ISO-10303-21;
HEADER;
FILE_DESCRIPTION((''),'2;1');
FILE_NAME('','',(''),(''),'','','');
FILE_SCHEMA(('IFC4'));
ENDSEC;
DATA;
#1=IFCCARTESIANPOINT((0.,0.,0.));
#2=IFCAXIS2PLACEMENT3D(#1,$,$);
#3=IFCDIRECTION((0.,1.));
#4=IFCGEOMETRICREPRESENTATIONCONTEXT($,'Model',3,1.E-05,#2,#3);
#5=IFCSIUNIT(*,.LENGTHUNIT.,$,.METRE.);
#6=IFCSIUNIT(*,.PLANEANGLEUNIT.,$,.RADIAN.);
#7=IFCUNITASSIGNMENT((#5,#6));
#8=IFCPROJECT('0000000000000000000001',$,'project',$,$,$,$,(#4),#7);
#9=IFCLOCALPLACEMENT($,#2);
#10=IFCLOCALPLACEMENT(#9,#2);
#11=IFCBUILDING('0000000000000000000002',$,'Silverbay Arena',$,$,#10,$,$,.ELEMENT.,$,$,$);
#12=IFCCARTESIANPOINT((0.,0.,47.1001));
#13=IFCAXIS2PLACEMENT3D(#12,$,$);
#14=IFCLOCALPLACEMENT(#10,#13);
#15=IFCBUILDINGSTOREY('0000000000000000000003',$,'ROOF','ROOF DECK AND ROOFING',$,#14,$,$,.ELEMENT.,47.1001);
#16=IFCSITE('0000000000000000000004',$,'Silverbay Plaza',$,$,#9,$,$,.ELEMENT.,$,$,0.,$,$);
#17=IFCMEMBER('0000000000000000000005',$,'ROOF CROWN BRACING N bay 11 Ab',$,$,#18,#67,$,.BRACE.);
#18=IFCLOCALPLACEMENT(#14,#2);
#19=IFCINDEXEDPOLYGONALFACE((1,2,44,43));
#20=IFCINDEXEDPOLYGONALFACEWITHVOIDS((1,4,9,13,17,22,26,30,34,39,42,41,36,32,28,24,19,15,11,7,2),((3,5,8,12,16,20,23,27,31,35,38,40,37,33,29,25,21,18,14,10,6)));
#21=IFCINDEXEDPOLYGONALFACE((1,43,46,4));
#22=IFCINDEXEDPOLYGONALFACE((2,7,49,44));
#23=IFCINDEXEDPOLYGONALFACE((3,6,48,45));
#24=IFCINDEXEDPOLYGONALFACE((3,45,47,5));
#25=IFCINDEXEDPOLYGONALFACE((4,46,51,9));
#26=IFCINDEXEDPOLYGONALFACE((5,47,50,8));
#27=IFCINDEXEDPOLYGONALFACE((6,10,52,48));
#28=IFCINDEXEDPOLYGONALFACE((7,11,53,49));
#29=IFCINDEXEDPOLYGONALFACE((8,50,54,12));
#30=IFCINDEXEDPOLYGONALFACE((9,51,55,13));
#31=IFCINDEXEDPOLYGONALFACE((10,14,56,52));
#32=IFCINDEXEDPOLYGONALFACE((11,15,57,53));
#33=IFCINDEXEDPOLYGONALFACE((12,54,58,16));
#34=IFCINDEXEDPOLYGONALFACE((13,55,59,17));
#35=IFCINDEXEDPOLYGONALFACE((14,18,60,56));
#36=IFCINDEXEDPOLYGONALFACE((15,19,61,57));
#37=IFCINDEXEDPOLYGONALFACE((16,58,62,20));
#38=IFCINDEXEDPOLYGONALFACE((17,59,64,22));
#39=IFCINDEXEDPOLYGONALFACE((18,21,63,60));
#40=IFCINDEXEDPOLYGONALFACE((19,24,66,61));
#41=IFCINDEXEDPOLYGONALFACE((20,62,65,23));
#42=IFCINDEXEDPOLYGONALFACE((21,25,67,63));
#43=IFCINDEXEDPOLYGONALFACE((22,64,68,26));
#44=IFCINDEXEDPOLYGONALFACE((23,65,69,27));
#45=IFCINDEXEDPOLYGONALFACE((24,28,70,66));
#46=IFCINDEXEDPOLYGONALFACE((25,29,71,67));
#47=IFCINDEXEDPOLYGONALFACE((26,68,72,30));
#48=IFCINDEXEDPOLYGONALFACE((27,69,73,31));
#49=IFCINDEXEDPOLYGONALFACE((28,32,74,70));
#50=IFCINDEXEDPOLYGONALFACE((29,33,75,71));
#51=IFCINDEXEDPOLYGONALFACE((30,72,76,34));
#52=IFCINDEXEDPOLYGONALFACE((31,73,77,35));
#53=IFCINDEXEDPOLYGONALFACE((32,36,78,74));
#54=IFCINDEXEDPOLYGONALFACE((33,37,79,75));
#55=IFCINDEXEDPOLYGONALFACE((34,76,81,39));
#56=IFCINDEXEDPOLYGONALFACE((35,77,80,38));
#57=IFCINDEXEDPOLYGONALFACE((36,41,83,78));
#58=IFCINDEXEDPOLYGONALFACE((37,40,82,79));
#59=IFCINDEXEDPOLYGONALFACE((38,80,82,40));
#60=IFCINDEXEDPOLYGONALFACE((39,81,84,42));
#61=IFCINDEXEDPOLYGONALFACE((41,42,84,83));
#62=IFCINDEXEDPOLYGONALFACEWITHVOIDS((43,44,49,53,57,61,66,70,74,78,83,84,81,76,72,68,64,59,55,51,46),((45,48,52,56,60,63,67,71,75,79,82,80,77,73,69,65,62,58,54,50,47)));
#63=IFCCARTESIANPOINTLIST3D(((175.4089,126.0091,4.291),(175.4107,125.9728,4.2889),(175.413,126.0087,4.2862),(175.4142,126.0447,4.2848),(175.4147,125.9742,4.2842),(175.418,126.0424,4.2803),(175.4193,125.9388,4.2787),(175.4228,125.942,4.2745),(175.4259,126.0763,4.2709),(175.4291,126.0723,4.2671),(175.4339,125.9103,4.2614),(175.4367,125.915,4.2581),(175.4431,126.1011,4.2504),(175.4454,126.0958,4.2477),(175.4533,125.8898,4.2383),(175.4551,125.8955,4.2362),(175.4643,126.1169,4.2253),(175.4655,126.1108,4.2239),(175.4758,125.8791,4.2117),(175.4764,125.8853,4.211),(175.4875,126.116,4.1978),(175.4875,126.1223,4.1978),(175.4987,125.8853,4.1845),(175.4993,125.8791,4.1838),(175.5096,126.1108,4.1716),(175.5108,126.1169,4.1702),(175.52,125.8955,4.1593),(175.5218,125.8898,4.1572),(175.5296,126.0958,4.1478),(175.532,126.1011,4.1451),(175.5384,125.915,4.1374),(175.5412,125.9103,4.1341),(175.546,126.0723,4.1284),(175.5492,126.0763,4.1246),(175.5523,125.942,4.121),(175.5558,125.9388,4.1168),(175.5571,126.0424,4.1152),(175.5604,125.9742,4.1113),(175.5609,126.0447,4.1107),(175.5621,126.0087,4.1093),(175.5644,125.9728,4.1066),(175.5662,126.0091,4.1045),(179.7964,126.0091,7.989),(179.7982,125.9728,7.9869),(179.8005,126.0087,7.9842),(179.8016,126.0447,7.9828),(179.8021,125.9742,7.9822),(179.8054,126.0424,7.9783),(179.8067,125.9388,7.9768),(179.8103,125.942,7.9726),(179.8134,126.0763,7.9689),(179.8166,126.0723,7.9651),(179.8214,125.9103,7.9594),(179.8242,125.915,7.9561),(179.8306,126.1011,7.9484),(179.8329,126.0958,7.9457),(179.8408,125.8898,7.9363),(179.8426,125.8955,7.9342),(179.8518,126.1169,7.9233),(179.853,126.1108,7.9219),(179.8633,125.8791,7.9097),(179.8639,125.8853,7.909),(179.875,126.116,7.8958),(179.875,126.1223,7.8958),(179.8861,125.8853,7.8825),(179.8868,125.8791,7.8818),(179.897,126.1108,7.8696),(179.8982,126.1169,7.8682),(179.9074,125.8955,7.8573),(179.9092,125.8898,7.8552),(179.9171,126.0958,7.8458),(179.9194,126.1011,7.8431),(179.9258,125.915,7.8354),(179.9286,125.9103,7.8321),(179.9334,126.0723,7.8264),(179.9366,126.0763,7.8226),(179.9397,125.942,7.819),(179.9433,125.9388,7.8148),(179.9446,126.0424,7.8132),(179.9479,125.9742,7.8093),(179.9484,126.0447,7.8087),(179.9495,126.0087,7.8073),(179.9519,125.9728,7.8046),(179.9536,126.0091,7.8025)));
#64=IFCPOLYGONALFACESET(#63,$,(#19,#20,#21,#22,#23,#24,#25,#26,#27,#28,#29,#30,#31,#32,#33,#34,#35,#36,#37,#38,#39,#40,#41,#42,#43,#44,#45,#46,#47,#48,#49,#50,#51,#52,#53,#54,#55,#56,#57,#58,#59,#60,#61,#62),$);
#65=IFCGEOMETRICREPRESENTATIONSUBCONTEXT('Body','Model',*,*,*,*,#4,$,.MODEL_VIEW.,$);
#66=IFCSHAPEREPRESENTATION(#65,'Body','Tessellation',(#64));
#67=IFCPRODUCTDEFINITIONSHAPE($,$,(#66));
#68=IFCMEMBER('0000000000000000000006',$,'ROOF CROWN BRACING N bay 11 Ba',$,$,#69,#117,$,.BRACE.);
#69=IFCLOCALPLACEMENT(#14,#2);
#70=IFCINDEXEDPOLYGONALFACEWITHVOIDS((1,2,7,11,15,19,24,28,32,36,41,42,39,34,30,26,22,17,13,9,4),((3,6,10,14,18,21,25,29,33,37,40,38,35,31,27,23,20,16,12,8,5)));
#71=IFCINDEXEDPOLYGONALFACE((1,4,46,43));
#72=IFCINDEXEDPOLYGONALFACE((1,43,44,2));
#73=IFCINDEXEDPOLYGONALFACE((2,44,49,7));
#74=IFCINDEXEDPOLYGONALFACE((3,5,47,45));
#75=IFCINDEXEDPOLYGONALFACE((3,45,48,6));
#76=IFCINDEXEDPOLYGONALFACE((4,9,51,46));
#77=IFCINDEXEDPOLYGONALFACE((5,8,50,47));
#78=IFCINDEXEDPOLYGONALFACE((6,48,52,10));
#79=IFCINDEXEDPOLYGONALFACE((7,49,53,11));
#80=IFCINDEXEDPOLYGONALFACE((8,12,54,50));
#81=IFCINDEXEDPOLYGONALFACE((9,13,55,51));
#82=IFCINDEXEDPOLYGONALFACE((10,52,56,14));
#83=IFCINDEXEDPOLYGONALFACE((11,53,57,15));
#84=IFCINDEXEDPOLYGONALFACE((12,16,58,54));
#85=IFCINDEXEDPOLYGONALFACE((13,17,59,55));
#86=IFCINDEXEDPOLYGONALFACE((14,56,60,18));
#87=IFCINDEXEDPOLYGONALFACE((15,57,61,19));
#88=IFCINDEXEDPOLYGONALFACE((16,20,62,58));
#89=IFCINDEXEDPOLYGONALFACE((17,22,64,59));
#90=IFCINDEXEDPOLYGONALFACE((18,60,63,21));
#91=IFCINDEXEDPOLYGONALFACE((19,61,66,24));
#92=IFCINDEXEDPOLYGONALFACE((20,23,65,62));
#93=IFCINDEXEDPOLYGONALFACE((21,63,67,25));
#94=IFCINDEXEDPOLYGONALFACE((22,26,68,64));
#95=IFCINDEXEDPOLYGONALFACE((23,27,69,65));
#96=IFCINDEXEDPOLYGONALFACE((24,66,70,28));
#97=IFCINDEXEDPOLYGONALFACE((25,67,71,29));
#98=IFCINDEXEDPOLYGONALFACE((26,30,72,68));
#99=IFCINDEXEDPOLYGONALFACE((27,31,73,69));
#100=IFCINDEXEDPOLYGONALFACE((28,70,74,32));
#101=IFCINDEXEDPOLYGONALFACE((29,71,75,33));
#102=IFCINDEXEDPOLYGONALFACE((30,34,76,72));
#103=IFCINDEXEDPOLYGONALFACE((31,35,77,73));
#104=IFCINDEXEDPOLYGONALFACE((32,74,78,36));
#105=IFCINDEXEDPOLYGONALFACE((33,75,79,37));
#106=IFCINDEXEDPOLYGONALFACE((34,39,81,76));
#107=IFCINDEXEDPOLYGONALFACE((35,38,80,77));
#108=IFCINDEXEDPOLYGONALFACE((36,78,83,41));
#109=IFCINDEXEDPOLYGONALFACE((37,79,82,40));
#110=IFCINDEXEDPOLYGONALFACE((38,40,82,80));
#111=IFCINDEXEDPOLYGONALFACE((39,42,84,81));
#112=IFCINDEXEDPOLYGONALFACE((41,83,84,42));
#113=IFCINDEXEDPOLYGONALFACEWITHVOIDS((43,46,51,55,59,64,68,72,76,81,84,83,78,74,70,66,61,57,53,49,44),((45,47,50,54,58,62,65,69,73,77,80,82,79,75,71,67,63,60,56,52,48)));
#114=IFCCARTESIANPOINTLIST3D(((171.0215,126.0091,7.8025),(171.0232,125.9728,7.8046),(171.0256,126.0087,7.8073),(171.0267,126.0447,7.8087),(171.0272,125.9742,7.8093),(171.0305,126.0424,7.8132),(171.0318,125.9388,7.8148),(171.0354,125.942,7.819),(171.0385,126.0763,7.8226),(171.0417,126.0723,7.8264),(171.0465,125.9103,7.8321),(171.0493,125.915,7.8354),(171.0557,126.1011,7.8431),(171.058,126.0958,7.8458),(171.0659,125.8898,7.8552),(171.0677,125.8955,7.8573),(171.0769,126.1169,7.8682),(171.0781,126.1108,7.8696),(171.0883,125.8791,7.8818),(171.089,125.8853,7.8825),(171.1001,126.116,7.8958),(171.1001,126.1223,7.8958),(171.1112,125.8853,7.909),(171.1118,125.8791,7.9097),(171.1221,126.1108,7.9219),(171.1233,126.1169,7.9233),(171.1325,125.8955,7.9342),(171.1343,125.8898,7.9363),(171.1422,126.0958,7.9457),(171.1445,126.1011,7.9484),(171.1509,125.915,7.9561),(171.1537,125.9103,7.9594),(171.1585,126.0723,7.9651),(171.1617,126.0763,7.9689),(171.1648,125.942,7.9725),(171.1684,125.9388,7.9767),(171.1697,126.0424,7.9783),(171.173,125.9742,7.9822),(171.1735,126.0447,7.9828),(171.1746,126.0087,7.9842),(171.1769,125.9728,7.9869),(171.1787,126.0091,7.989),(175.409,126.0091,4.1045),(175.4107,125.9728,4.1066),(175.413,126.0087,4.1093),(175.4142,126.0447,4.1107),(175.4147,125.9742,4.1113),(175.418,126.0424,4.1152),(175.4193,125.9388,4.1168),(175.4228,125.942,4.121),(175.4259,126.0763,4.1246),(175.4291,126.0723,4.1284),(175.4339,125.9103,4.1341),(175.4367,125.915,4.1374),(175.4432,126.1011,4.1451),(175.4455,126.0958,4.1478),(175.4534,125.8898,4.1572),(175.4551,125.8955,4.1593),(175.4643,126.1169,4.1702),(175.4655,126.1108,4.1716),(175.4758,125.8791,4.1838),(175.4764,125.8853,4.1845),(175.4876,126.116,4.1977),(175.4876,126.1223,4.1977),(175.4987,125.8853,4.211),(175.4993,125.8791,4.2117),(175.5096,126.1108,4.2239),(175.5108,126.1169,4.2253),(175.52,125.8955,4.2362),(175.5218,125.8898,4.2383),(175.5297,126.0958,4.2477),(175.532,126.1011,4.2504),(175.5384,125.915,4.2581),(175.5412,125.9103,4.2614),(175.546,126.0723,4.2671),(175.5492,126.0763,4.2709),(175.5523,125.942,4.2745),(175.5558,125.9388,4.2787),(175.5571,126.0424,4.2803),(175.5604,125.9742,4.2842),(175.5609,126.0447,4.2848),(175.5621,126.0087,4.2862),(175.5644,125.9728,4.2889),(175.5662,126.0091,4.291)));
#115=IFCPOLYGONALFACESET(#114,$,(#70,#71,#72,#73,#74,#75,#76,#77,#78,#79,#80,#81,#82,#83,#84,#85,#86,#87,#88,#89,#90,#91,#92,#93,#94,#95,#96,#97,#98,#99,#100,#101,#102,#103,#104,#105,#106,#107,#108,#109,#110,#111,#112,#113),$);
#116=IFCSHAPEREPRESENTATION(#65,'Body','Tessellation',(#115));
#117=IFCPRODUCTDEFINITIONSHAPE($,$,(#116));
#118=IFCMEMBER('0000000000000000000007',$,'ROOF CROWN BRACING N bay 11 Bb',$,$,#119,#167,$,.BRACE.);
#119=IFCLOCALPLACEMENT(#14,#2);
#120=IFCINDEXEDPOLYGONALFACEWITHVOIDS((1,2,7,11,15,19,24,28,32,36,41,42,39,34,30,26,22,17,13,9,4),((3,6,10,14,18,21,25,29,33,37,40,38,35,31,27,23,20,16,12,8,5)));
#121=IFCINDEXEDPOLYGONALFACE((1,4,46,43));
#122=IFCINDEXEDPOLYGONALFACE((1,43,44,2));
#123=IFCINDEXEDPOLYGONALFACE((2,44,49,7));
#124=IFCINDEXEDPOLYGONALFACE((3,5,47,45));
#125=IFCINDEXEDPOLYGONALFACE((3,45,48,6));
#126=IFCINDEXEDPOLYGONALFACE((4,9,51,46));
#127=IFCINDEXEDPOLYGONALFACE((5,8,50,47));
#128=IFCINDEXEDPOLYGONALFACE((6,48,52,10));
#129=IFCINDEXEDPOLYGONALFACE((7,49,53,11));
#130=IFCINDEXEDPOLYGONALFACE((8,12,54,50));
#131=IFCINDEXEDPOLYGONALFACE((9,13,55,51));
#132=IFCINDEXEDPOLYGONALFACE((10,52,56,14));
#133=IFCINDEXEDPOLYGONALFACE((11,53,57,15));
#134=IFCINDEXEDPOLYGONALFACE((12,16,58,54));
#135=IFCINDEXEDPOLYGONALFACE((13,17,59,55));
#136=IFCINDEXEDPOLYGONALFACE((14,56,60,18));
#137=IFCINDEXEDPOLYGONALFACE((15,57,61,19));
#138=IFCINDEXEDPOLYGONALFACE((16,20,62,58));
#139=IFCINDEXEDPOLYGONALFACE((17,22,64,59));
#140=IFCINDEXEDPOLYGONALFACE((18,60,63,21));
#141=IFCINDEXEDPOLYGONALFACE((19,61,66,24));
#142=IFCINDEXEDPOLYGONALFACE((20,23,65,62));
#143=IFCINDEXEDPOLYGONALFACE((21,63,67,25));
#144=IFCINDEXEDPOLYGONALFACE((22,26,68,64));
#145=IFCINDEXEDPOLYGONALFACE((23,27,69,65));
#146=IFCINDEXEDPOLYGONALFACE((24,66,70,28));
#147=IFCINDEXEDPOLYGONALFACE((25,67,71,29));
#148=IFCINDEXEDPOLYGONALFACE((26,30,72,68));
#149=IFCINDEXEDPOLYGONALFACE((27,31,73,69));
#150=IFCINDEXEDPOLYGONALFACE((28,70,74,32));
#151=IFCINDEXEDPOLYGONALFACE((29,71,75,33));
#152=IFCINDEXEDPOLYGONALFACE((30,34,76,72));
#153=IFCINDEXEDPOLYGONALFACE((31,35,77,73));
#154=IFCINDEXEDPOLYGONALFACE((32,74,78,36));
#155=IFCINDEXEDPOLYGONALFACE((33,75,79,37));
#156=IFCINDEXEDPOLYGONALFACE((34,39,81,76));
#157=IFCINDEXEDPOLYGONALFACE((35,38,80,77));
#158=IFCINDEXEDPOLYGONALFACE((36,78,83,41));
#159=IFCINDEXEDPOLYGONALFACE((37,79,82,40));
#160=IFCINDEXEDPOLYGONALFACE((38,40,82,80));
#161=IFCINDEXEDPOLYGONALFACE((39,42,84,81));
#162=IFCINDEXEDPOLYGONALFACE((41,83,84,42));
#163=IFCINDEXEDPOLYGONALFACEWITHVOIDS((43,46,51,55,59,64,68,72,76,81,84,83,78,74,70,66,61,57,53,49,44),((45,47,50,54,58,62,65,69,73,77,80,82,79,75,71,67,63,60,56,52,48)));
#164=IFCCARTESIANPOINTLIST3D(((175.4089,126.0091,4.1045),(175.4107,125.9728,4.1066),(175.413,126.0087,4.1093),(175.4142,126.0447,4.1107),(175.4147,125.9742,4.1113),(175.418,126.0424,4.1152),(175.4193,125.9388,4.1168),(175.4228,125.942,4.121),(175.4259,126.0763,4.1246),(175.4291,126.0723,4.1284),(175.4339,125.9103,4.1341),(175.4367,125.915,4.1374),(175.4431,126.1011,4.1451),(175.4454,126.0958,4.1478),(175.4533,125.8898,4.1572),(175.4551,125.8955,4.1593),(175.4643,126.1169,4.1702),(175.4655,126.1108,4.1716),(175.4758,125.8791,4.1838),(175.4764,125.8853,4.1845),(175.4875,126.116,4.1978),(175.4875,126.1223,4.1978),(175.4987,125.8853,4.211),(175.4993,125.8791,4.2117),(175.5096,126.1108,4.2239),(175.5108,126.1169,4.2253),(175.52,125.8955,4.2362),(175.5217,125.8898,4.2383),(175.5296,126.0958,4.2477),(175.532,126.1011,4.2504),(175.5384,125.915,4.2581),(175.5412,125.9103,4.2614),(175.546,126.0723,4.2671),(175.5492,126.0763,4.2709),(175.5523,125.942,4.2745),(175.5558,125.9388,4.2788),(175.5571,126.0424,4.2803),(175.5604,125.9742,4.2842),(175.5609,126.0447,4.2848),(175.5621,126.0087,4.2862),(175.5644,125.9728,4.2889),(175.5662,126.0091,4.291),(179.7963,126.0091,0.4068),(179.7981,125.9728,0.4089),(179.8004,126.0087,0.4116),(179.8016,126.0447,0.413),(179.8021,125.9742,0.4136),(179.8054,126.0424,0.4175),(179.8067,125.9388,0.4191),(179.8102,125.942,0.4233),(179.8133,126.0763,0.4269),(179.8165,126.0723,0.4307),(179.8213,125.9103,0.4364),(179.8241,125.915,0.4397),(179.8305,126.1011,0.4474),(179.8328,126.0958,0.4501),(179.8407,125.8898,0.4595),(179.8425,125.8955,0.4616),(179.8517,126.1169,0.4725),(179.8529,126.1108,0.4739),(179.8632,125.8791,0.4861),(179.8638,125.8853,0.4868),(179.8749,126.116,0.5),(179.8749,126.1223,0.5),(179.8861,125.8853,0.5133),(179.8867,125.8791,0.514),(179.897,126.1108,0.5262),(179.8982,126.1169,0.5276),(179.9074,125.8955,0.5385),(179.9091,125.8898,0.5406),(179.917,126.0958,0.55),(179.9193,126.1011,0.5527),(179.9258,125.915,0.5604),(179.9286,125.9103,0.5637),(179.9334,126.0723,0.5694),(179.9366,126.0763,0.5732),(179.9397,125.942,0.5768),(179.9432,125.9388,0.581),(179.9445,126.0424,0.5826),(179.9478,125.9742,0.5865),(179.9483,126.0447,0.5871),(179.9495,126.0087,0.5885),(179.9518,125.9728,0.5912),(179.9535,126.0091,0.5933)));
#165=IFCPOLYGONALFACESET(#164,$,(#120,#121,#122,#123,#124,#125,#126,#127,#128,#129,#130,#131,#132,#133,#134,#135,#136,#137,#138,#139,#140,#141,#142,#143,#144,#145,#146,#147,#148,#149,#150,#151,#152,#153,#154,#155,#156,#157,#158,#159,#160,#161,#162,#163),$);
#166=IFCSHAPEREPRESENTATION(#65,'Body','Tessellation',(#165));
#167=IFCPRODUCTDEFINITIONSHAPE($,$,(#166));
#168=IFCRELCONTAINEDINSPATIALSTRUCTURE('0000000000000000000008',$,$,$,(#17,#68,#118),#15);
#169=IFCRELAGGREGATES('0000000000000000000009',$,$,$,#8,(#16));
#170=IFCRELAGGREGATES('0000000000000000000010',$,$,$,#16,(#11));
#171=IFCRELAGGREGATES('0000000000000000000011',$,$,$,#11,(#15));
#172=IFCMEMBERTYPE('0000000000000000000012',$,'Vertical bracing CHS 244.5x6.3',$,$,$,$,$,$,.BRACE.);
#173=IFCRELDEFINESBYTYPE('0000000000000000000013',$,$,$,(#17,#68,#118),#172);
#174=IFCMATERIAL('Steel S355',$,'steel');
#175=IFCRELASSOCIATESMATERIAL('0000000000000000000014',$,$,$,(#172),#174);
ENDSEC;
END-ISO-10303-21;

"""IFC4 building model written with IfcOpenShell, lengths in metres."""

from ifc_helpers import new_model, si_unit, direction, frame, origin, origin_2d, place, context, subcontext, project, spatial, hollow_circle, extrude, material, material_profile, profile_set, type_object, element, save


model = new_model("IFC4")

# Units and contexts
model_context = context("Model", 3, precision=1e-05, world=origin(), true_north=direction((0.0, 1.0)))
body_context = subcontext(model_context, "Body", "Model", "MODEL_VIEW")
ifc_project = project(units=[si_unit("LENGTHUNIT", "METRE"), si_unit("PLANEANGLEUNIT", "RADIAN")], contexts=[model_context])

# Site, building, storey
site_placement = place(None, origin())
site = spatial("IfcSite", under=ifc_project, at=site_placement, Name="Silverbay Plaza", CompositionType="ELEMENT", RefElevation=0.0)
building_placement = place(site_placement, origin())
building = spatial("IfcBuilding", under=site, at=building_placement, Name="Silverbay Arena", CompositionType="ELEMENT")
storey_placement = place(building_placement, frame((0.0, 0.0, 47.1001)))
storey = spatial("IfcBuildingStorey", under=building, at=storey_placement, Name="ROOF", Description="ROOF DECK AND ROOFING", CompositionType="ELEMENT", Elevation=47.1001)

# Members
ifc_material_1 = material(Name="Steel S355", Category="steel")
ifc_material_profile_1 = material_profile(ifc_material_1, hollow_circle(Radius=0.1223, WallThickness=0.0063, at=origin_2d()), Name="CHS 244.5x6.3")
ifc_profile_set_1 = profile_set([ifc_material_profile_1], Name="Steel S355")
member_type_1 = type_object("IfcMemberType", Name="Vertical bracing CHS 244.5x6.3", PredefinedType="BRACE", material=ifc_profile_set_1)
for number, where, z_axis, x_axis, name in (
    (1, (175.4875, 126.0, 4.1978), (0.764628, 0.0, 0.644472), (0.0, 1.0, 0.0), "ROOF CROWN BRACING N bay 11 Ab"),
    (2, (171.1001, 126.0, 7.8958), (0.764628, 0.0, -0.644472), (0.0, 1.0, 0.0), "ROOF CROWN BRACING N bay 11 Ba"),
):
    element("IfcMember", number, at=place(storey_placement, frame(where, z_axis=z_axis, x_axis=x_axis)), inside=storey, type_object=member_type_1, Name=name, PredefinedType="BRACE", context=body_context, shape_type="SweptSolid", body=[
        extrude(hollow_circle(Radius=0.1223, WallThickness=0.0063, at=origin_2d()), origin(), (0.0, 0.0, 1.0), 5.738),
    ])
member_1_placement = place(storey_placement, frame((175.4875, 126.0, 4.1978), z_axis=(0.764649, 0.0, -0.644448), x_axis=(0.0, 1.0, 0.0)))
element("IfcMember", 3, at=member_1_placement, inside=storey, type_object=member_type_1, Name="ROOF CROWN BRACING N bay 11 Bb", PredefinedType="BRACE", context=body_context, shape_type="SweptSolid", body=[
    extrude(hollow_circle(Radius=0.1223, WallThickness=0.0063, at=origin_2d()), origin(), (0.0, 0.0, 1.0), 5.7378),
])

save(model, "model.ifc")
